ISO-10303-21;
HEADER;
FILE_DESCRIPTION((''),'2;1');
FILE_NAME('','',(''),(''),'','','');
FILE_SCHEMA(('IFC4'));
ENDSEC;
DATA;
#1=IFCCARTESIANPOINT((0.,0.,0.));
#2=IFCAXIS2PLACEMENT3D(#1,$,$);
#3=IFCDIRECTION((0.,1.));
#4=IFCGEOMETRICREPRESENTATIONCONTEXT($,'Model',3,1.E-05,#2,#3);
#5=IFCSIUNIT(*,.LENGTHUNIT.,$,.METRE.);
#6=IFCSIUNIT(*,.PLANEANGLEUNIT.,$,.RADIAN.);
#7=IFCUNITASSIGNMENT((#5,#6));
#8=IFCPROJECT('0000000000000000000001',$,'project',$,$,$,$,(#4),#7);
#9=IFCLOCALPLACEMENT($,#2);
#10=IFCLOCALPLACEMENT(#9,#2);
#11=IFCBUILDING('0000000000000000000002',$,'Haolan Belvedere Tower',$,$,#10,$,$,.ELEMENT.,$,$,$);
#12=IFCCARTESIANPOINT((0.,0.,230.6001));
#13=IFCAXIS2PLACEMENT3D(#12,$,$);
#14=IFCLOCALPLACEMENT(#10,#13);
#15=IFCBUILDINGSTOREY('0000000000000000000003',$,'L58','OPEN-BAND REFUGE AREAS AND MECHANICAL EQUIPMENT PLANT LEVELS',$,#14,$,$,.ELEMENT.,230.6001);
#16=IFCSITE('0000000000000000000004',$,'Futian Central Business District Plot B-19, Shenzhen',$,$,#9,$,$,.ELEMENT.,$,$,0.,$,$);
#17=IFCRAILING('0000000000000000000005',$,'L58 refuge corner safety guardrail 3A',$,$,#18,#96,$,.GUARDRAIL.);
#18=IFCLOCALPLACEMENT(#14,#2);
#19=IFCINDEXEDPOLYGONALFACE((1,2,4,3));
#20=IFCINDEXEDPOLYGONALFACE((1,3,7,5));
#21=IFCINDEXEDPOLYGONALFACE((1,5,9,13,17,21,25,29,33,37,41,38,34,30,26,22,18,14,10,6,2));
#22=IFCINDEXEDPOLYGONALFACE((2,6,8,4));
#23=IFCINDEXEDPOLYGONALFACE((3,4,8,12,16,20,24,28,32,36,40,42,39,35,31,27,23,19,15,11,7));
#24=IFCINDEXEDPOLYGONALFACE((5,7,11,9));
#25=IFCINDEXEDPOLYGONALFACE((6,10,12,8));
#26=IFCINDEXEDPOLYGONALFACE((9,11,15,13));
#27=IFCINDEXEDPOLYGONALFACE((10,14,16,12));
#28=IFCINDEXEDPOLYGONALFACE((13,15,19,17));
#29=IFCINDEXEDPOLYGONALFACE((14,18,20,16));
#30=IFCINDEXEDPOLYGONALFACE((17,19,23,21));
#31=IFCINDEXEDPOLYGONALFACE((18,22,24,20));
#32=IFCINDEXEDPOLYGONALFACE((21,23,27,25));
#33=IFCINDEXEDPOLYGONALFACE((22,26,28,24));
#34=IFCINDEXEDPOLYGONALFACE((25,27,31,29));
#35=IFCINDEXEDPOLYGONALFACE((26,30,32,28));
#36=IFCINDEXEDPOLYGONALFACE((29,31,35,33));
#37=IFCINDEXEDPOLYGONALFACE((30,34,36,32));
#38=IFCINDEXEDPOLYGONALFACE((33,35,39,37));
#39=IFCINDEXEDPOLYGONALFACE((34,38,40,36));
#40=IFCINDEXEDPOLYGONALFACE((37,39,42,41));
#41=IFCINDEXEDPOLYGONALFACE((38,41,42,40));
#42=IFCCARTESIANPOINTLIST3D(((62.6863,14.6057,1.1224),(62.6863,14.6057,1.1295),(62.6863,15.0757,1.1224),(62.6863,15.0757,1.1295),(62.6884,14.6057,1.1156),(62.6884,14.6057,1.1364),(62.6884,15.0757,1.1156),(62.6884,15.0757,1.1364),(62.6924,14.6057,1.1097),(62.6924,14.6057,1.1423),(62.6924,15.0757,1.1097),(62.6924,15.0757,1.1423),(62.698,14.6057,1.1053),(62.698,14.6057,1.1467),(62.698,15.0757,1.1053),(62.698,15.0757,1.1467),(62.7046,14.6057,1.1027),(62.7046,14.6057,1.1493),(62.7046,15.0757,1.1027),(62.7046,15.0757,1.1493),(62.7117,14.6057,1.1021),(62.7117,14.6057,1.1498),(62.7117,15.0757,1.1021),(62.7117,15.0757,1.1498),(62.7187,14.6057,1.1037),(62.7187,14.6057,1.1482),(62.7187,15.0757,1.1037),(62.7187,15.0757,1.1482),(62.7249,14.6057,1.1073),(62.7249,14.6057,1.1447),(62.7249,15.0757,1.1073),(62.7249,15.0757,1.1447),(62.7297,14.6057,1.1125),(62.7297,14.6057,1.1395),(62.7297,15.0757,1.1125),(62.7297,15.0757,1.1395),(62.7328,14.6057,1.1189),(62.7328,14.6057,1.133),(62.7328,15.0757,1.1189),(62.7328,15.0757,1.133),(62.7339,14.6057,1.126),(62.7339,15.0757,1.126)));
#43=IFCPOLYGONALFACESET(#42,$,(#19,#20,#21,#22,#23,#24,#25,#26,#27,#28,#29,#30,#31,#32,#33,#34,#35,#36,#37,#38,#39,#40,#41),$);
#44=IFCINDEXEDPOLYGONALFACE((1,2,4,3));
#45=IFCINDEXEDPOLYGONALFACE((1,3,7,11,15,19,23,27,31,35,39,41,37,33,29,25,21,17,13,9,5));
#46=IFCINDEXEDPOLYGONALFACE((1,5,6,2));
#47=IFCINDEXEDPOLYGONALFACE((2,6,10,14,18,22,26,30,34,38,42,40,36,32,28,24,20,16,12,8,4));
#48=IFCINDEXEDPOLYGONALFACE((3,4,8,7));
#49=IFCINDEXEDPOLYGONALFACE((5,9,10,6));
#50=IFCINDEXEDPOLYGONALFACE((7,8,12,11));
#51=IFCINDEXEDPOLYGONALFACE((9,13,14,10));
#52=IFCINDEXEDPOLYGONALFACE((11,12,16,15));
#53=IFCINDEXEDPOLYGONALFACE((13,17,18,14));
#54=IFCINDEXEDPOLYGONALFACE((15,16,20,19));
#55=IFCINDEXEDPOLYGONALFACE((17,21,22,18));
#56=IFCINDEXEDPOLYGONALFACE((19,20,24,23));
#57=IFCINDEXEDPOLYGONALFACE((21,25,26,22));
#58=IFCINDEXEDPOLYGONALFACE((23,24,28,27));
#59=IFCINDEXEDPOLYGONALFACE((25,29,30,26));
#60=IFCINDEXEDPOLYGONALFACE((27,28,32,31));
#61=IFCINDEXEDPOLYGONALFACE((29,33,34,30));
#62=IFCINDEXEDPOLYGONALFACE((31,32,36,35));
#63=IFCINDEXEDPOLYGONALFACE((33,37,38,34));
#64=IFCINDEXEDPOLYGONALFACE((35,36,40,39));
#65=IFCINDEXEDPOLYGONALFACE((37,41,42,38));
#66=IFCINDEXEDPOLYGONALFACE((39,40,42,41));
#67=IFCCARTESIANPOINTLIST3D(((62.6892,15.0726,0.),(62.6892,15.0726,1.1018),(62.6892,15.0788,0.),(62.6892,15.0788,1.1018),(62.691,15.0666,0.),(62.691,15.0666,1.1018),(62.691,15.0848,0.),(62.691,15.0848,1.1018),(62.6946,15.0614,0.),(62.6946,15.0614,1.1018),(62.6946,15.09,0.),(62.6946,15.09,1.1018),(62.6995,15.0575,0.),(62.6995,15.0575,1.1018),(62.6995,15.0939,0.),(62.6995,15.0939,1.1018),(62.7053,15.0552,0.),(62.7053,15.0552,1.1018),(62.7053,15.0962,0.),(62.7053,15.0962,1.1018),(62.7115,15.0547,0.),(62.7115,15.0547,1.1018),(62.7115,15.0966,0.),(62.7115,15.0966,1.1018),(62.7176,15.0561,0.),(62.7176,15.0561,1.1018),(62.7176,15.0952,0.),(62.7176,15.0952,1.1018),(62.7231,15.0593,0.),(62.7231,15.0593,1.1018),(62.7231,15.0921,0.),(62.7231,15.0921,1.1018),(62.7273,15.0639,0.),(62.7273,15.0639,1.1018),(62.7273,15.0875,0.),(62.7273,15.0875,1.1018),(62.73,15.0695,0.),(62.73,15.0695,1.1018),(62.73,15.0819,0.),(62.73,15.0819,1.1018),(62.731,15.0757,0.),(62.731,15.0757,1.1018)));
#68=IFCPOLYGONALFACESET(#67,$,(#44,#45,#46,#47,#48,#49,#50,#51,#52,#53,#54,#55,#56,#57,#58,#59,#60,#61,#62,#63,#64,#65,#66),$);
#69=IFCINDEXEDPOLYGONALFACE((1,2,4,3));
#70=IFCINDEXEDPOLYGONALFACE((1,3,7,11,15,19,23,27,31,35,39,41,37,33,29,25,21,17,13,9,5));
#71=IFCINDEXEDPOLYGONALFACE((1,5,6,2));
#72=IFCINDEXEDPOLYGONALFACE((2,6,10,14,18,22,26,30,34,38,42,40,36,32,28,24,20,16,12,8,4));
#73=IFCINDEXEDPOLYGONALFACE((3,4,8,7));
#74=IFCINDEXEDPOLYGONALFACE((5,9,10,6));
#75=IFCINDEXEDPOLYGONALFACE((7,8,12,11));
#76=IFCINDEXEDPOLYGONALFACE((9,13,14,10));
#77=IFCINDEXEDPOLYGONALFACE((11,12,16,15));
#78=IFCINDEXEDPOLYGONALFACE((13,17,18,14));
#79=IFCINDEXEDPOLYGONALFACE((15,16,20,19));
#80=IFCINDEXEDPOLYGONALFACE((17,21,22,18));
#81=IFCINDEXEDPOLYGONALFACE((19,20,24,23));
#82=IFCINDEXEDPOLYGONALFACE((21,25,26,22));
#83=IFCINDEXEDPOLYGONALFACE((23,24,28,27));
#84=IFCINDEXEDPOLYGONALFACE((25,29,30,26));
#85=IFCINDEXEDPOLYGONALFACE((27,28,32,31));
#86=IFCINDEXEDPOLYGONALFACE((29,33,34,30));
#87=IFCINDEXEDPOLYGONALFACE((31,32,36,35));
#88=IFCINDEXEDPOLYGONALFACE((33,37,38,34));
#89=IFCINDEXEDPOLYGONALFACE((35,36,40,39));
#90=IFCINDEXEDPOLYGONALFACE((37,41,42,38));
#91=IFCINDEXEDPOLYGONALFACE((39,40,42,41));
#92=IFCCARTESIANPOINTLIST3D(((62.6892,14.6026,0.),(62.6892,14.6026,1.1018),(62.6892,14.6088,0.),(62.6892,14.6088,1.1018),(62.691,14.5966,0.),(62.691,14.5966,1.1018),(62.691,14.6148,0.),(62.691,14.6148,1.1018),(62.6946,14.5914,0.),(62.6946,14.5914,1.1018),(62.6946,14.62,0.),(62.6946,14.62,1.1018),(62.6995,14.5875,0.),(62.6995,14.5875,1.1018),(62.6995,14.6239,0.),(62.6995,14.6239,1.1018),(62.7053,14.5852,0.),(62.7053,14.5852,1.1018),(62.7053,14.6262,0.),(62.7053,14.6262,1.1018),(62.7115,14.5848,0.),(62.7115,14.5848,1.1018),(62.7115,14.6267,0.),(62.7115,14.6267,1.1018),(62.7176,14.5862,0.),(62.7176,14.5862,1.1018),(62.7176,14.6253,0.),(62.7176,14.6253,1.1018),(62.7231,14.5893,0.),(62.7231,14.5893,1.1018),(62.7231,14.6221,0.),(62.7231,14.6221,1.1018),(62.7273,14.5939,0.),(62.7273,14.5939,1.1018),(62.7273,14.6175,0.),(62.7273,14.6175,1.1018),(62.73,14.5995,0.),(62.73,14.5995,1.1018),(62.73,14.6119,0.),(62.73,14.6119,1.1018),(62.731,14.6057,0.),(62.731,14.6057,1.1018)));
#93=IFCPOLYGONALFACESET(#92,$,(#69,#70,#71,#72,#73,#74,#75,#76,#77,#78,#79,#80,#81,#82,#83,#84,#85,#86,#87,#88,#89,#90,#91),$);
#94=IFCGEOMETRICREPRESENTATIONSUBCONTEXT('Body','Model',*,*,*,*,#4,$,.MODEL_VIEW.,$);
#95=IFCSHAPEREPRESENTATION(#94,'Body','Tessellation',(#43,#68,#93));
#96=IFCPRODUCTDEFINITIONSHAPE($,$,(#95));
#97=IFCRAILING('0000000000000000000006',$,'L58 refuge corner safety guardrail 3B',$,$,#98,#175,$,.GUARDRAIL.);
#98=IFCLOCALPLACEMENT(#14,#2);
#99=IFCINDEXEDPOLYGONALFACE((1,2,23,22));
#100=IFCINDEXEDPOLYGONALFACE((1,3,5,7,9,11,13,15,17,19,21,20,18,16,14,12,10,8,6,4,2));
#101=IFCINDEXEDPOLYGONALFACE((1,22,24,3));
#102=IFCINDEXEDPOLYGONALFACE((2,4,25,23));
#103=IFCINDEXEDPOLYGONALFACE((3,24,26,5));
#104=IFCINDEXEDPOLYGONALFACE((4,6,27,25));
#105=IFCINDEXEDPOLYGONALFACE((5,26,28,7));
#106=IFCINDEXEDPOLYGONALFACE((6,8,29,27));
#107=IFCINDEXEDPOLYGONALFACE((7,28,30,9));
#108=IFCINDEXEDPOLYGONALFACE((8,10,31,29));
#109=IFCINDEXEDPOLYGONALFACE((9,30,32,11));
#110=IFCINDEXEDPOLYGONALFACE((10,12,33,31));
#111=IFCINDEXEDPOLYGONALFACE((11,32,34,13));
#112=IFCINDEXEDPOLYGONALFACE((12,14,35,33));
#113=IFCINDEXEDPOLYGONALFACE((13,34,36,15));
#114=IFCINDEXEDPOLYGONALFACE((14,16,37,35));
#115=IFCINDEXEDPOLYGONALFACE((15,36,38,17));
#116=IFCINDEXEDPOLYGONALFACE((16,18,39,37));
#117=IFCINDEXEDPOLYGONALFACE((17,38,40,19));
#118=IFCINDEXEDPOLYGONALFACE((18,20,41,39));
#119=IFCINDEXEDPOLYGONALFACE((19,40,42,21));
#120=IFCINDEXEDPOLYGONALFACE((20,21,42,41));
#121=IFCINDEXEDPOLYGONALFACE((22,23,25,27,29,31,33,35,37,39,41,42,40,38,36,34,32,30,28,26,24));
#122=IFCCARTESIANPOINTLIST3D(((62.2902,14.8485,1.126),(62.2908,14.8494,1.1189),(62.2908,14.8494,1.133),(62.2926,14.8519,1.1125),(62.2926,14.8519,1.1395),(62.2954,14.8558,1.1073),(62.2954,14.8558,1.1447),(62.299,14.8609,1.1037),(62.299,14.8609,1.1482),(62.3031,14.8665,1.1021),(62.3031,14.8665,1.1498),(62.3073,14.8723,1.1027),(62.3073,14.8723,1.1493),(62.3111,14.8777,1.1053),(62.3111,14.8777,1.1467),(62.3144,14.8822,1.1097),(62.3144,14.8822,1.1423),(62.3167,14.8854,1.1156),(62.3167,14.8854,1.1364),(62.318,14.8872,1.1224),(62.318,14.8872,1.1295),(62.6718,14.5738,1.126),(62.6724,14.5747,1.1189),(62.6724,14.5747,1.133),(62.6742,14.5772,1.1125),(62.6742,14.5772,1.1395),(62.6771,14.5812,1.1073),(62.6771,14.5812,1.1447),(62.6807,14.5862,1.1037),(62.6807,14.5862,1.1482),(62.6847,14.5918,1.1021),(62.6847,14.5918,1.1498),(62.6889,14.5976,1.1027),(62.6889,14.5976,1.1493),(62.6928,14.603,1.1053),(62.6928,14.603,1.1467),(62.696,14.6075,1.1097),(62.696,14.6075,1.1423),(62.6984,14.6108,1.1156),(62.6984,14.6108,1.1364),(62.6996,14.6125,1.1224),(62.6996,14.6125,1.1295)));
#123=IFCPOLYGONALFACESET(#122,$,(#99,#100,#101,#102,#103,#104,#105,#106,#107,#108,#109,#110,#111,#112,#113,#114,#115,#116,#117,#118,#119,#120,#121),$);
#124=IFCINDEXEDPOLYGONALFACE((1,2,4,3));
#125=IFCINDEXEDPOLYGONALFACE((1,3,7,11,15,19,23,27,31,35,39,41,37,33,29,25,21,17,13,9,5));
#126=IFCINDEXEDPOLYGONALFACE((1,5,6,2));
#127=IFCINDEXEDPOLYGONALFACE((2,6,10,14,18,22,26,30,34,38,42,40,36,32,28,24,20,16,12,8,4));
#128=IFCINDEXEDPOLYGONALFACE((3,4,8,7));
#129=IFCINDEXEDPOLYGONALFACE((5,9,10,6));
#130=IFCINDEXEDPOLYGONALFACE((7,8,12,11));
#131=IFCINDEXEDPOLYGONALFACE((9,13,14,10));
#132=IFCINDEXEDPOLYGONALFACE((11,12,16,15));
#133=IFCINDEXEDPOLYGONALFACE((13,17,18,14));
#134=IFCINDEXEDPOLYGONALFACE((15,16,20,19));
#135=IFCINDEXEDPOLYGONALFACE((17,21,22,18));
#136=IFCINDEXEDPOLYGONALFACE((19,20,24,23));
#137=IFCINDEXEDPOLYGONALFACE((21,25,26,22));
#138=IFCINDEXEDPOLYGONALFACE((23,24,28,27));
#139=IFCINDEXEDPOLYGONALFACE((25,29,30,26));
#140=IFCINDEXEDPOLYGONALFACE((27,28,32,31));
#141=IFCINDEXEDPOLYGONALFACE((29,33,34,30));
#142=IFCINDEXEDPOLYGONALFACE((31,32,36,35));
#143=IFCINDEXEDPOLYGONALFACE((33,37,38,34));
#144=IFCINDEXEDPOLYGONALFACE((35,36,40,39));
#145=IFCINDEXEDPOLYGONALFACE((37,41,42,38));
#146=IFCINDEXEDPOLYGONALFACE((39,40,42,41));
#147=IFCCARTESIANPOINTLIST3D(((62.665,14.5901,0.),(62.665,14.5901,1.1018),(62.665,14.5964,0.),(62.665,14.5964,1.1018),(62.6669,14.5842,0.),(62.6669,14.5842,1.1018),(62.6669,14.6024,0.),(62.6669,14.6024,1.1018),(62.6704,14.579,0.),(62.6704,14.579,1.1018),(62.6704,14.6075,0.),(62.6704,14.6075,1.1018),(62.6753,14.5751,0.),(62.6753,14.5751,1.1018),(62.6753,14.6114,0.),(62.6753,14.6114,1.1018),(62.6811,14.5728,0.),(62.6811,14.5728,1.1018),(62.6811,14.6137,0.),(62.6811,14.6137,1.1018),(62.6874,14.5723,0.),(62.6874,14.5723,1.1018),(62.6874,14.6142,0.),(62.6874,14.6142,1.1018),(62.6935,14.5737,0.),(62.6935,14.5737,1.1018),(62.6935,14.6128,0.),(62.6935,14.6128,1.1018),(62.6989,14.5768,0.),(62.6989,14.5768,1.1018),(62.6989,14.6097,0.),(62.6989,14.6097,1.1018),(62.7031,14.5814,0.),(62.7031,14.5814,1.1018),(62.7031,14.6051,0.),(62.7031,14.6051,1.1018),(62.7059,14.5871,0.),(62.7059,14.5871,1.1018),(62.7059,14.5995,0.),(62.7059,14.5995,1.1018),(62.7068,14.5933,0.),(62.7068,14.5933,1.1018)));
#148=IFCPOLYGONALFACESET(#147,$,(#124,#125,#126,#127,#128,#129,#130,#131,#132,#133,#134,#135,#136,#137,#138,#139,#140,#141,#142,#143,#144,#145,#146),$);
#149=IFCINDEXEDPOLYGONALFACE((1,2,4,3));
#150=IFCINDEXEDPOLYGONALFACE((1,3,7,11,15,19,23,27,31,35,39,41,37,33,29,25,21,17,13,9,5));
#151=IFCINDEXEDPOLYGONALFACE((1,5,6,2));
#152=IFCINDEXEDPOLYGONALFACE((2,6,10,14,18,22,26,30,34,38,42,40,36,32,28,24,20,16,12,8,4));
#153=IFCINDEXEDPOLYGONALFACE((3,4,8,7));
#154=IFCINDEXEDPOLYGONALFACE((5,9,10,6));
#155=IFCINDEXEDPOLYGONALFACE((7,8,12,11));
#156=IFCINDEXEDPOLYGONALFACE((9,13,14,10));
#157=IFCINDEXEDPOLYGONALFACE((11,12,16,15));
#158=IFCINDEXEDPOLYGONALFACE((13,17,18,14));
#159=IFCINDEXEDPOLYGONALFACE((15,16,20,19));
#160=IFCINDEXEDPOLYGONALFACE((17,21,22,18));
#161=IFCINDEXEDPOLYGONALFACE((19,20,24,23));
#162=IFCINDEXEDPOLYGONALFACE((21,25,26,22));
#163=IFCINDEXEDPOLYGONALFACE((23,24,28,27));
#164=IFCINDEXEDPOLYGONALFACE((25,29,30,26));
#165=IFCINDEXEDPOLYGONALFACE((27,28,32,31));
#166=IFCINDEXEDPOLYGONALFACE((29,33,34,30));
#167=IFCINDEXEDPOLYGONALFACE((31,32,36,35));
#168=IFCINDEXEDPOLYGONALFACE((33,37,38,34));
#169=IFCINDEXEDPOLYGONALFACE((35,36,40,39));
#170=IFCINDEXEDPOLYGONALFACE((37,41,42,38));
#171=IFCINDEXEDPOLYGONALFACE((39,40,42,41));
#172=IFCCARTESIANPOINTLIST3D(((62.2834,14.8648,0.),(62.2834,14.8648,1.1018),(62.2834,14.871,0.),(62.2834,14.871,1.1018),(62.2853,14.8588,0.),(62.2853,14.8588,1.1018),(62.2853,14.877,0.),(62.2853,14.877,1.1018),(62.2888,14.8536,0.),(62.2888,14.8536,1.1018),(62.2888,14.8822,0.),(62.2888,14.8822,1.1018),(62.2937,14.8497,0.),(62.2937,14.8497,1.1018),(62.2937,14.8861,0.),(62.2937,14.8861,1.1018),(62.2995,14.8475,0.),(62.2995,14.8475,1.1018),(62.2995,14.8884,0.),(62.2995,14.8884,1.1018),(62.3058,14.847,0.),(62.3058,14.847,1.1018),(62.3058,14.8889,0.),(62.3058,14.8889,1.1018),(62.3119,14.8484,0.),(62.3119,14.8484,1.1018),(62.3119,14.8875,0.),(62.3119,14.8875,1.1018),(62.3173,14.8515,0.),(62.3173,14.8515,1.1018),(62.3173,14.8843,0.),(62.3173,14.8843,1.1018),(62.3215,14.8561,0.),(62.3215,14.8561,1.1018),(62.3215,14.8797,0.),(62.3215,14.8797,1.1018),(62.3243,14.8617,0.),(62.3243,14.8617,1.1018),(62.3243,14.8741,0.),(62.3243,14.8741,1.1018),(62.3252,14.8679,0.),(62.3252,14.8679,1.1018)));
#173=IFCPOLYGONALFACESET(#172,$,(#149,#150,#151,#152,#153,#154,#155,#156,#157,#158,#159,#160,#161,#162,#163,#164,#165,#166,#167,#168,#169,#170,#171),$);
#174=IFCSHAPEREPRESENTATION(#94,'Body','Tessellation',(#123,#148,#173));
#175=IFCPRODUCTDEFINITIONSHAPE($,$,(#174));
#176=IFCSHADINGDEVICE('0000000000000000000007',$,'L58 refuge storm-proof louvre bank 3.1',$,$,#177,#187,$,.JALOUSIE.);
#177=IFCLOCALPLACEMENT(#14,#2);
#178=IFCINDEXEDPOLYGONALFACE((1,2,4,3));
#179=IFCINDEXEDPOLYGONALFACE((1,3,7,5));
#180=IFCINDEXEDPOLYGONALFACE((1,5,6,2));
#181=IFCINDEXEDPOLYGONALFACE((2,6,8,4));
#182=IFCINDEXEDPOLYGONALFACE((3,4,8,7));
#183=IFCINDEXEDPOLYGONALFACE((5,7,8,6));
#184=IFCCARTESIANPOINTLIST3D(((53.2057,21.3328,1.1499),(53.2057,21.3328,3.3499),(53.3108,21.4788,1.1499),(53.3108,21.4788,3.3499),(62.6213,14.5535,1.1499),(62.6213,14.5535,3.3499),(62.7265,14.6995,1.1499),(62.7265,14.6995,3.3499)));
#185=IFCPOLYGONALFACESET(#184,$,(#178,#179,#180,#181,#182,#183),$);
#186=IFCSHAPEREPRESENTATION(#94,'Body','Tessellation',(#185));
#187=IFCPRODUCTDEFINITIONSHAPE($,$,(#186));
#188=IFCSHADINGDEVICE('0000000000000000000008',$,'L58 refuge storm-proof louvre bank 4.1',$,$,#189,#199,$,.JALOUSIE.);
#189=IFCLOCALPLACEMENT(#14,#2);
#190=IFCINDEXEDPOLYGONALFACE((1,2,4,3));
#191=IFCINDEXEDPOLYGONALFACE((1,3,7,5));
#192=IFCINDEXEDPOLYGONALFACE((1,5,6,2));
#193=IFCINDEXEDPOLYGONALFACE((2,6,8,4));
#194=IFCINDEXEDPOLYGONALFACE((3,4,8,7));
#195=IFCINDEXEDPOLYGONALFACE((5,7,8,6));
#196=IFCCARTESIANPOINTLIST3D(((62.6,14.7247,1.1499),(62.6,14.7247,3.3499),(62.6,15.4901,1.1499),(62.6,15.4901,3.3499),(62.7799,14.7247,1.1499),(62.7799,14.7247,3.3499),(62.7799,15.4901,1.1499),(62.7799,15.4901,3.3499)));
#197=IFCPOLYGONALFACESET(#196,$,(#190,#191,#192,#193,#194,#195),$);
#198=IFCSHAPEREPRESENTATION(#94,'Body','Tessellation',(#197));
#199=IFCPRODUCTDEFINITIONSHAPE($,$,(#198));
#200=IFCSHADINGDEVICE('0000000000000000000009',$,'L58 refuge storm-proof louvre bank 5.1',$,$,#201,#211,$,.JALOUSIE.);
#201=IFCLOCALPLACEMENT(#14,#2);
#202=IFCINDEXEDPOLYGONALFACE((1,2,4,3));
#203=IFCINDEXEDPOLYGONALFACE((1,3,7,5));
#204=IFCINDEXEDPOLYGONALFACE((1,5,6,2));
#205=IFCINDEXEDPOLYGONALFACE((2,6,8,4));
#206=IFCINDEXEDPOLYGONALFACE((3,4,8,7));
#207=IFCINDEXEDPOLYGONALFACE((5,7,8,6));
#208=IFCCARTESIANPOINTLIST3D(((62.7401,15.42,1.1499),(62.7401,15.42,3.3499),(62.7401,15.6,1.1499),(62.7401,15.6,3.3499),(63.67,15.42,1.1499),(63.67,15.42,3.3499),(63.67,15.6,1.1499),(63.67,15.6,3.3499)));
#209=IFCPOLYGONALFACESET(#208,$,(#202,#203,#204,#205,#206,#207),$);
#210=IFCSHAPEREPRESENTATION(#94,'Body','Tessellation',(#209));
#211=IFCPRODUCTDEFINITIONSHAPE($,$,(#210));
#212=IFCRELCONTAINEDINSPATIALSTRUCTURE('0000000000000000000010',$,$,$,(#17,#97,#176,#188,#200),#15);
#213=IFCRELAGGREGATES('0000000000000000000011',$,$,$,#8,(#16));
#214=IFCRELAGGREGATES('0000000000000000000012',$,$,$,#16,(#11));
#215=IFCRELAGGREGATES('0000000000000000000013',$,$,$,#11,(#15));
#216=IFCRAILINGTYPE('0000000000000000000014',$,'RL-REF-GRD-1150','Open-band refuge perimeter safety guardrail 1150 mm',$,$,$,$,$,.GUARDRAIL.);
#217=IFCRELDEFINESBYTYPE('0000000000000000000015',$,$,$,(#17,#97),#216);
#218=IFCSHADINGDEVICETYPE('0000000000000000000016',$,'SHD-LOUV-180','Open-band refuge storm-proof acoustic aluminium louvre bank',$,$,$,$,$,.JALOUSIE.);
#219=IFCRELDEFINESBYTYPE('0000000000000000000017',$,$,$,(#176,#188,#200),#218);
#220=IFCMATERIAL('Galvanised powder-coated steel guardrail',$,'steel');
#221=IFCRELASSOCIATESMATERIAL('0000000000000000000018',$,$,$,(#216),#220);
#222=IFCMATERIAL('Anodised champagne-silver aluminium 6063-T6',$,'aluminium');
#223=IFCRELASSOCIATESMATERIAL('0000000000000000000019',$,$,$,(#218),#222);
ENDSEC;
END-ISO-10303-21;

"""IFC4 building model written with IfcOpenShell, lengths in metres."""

from ifc_helpers import new_model, si_unit, direction, frame, origin, origin_2d, place, context, subcontext, project, spatial, rectangle, circle, extrude, material, type_object, element, save


model = new_model("IFC4")

# Units and contexts
model_context = context("Model", 3, precision=1e-05, world=origin(), true_north=direction((0.0, 1.0)))
body_context = subcontext(model_context, "Body", "Model", "MODEL_VIEW")
ifc_project = project(units=[si_unit("LENGTHUNIT", "METRE"), si_unit("PLANEANGLEUNIT", "RADIAN")], contexts=[model_context])

# Site, building, storey
site_placement = place(None, origin())
site = spatial("IfcSite", under=ifc_project, at=site_placement, Name="Futian Central Business District Plot B-19, Shenzhen", CompositionType="ELEMENT", RefElevation=0.0)
building_placement = place(site_placement, origin())
building = spatial("IfcBuilding", under=site, at=building_placement, Name="Haolan Belvedere Tower", CompositionType="ELEMENT")
storey_placement = place(building_placement, frame((0.0, 0.0, 230.6001)))
storey = spatial("IfcBuildingStorey", under=building, at=storey_placement, Name="L58", Description="OPEN-BAND REFUGE AREAS AND MECHANICAL EQUIPMENT PLANT LEVELS", CompositionType="ELEMENT", Elevation=230.6001)

# Railings
ifc_material_1 = material(Name="Galvanised powder-coated steel guardrail", Category="steel")
railing_type = type_object("IfcRailingType", Name="RL-REF-GRD-1150", Description="Open-band refuge perimeter safety guardrail 1150 mm", PredefinedType="GUARDRAIL", material=ifc_material_1)
railing_1_placement = place(storey_placement, frame((62.71, 15.0757, 0.0)))
element("IfcRailing", 1, at=railing_1_placement, inside=storey, type_object=railing_type, Name="L58 refuge corner safety guardrail 3A", PredefinedType="GUARDRAIL", context=body_context, shape_type="SweptSolid", body=[
    extrude(circle(Radius=0.0239, at=origin_2d()), frame((0.0, 0.0, 1.126), z_axis=(0.0, -1.0, 0.0), x_axis=(1.0, 0.0, 0.0)), (0.0, 0.0, 1.0), 0.47),
    extrude(circle(Radius=0.021, at=origin_2d()), origin(), (0.0, 0.0, 1.0), 1.1018),
    extrude(circle(Radius=0.021, at=origin_2d()), frame((0.0, -0.47, 0.0)), (0.0, 0.0, 1.0), 1.1018),
])
railing_2_placement = place(storey_placement, frame((62.6858, 14.5933, 0.0)))
element("IfcRailing", 2, at=railing_2_placement, inside=storey, type_object=railing_type, Name="L58 refuge corner safety guardrail 3B", PredefinedType="GUARDRAIL", context=body_context, shape_type="SweptSolid", body=[
    extrude(circle(Radius=0.0239, at=origin_2d()), frame((0.0, 0.0, 1.126), z_axis=(-0.811623, 0.584182, 0.0), x_axis=(-0.584182, -0.811623, 0.0)), (0.0, 0.0, 1.0), 0.4702),
    extrude(circle(Radius=0.021, at=origin_2d()), origin(), (0.0, 0.0, 1.0), 1.1018),
    extrude(circle(Radius=0.021, at=origin_2d()), frame((-0.3816, 0.2747, 0.0)), (0.0, 0.0, 1.0), 1.1018),
])

# Shading devices
ifc_material_2 = material(Name="Anodised champagne-silver aluminium 6063-T6", Category="aluminium")
shading_device_type = type_object("IfcShadingDeviceType", Name="SHD-LOUV-180", Description="Open-band refuge storm-proof acoustic aluminium louvre bank", PredefinedType="JALOUSIE", material=ifc_material_2)
shading_device_1_placement = place(storey_placement, frame((57.9661, 18.0161, 1.1499), z_axis=(0.0, 0.0, 1.0), x_axis=(0.811533, -0.584306, 0.0)))
element("IfcShadingDevice", 3, at=shading_device_1_placement, inside=storey, type_object=shading_device_type, Name="L58 refuge storm-proof louvre bank 3.1", PredefinedType="JALOUSIE", context=body_context, shape_type="SweptSolid", body=[
    extrude(rectangle(XDim=11.6023, YDim=0.1799, at=origin_2d()), origin(), (0.0, 0.0, 1.0), 2.2),
])
shading_device_2_placement = place(storey_placement, frame((62.6899, 15.1074, 1.1499), z_axis=(0.0, 0.0, 1.0), x_axis=(0.0, 1.0, 0.0)))
element("IfcShadingDevice", 4, at=shading_device_2_placement, inside=storey, type_object=shading_device_type, Name="L58 refuge storm-proof louvre bank 4.1", PredefinedType="JALOUSIE", context=body_context, shape_type="SweptSolid", body=[
    extrude(rectangle(XDim=0.7654, YDim=0.1799, at=origin_2d()), origin(), (0.0, 0.0, 1.0), 2.2),
])
for number, where, z_axis, x_axis, name in (
    (5, (63.2051, 15.51, 1.1499), (0.0, 0.0, 1.0), (1.0, 0.0, 0.0), "L58 refuge storm-proof louvre bank 5.1"),
):
    element("IfcShadingDevice", number, at=place(storey_placement, frame(where, z_axis=z_axis, x_axis=x_axis)), inside=storey, type_object=shading_device_type, Name=name, PredefinedType="JALOUSIE", context=body_context, shape_type="SweptSolid", body=[
        extrude(rectangle(XDim=0.9299, YDim=0.1799, at=origin_2d()), origin(), (0.0, 0.0, 1.0), 2.2),
    ])

save(model, "model.ifc")
